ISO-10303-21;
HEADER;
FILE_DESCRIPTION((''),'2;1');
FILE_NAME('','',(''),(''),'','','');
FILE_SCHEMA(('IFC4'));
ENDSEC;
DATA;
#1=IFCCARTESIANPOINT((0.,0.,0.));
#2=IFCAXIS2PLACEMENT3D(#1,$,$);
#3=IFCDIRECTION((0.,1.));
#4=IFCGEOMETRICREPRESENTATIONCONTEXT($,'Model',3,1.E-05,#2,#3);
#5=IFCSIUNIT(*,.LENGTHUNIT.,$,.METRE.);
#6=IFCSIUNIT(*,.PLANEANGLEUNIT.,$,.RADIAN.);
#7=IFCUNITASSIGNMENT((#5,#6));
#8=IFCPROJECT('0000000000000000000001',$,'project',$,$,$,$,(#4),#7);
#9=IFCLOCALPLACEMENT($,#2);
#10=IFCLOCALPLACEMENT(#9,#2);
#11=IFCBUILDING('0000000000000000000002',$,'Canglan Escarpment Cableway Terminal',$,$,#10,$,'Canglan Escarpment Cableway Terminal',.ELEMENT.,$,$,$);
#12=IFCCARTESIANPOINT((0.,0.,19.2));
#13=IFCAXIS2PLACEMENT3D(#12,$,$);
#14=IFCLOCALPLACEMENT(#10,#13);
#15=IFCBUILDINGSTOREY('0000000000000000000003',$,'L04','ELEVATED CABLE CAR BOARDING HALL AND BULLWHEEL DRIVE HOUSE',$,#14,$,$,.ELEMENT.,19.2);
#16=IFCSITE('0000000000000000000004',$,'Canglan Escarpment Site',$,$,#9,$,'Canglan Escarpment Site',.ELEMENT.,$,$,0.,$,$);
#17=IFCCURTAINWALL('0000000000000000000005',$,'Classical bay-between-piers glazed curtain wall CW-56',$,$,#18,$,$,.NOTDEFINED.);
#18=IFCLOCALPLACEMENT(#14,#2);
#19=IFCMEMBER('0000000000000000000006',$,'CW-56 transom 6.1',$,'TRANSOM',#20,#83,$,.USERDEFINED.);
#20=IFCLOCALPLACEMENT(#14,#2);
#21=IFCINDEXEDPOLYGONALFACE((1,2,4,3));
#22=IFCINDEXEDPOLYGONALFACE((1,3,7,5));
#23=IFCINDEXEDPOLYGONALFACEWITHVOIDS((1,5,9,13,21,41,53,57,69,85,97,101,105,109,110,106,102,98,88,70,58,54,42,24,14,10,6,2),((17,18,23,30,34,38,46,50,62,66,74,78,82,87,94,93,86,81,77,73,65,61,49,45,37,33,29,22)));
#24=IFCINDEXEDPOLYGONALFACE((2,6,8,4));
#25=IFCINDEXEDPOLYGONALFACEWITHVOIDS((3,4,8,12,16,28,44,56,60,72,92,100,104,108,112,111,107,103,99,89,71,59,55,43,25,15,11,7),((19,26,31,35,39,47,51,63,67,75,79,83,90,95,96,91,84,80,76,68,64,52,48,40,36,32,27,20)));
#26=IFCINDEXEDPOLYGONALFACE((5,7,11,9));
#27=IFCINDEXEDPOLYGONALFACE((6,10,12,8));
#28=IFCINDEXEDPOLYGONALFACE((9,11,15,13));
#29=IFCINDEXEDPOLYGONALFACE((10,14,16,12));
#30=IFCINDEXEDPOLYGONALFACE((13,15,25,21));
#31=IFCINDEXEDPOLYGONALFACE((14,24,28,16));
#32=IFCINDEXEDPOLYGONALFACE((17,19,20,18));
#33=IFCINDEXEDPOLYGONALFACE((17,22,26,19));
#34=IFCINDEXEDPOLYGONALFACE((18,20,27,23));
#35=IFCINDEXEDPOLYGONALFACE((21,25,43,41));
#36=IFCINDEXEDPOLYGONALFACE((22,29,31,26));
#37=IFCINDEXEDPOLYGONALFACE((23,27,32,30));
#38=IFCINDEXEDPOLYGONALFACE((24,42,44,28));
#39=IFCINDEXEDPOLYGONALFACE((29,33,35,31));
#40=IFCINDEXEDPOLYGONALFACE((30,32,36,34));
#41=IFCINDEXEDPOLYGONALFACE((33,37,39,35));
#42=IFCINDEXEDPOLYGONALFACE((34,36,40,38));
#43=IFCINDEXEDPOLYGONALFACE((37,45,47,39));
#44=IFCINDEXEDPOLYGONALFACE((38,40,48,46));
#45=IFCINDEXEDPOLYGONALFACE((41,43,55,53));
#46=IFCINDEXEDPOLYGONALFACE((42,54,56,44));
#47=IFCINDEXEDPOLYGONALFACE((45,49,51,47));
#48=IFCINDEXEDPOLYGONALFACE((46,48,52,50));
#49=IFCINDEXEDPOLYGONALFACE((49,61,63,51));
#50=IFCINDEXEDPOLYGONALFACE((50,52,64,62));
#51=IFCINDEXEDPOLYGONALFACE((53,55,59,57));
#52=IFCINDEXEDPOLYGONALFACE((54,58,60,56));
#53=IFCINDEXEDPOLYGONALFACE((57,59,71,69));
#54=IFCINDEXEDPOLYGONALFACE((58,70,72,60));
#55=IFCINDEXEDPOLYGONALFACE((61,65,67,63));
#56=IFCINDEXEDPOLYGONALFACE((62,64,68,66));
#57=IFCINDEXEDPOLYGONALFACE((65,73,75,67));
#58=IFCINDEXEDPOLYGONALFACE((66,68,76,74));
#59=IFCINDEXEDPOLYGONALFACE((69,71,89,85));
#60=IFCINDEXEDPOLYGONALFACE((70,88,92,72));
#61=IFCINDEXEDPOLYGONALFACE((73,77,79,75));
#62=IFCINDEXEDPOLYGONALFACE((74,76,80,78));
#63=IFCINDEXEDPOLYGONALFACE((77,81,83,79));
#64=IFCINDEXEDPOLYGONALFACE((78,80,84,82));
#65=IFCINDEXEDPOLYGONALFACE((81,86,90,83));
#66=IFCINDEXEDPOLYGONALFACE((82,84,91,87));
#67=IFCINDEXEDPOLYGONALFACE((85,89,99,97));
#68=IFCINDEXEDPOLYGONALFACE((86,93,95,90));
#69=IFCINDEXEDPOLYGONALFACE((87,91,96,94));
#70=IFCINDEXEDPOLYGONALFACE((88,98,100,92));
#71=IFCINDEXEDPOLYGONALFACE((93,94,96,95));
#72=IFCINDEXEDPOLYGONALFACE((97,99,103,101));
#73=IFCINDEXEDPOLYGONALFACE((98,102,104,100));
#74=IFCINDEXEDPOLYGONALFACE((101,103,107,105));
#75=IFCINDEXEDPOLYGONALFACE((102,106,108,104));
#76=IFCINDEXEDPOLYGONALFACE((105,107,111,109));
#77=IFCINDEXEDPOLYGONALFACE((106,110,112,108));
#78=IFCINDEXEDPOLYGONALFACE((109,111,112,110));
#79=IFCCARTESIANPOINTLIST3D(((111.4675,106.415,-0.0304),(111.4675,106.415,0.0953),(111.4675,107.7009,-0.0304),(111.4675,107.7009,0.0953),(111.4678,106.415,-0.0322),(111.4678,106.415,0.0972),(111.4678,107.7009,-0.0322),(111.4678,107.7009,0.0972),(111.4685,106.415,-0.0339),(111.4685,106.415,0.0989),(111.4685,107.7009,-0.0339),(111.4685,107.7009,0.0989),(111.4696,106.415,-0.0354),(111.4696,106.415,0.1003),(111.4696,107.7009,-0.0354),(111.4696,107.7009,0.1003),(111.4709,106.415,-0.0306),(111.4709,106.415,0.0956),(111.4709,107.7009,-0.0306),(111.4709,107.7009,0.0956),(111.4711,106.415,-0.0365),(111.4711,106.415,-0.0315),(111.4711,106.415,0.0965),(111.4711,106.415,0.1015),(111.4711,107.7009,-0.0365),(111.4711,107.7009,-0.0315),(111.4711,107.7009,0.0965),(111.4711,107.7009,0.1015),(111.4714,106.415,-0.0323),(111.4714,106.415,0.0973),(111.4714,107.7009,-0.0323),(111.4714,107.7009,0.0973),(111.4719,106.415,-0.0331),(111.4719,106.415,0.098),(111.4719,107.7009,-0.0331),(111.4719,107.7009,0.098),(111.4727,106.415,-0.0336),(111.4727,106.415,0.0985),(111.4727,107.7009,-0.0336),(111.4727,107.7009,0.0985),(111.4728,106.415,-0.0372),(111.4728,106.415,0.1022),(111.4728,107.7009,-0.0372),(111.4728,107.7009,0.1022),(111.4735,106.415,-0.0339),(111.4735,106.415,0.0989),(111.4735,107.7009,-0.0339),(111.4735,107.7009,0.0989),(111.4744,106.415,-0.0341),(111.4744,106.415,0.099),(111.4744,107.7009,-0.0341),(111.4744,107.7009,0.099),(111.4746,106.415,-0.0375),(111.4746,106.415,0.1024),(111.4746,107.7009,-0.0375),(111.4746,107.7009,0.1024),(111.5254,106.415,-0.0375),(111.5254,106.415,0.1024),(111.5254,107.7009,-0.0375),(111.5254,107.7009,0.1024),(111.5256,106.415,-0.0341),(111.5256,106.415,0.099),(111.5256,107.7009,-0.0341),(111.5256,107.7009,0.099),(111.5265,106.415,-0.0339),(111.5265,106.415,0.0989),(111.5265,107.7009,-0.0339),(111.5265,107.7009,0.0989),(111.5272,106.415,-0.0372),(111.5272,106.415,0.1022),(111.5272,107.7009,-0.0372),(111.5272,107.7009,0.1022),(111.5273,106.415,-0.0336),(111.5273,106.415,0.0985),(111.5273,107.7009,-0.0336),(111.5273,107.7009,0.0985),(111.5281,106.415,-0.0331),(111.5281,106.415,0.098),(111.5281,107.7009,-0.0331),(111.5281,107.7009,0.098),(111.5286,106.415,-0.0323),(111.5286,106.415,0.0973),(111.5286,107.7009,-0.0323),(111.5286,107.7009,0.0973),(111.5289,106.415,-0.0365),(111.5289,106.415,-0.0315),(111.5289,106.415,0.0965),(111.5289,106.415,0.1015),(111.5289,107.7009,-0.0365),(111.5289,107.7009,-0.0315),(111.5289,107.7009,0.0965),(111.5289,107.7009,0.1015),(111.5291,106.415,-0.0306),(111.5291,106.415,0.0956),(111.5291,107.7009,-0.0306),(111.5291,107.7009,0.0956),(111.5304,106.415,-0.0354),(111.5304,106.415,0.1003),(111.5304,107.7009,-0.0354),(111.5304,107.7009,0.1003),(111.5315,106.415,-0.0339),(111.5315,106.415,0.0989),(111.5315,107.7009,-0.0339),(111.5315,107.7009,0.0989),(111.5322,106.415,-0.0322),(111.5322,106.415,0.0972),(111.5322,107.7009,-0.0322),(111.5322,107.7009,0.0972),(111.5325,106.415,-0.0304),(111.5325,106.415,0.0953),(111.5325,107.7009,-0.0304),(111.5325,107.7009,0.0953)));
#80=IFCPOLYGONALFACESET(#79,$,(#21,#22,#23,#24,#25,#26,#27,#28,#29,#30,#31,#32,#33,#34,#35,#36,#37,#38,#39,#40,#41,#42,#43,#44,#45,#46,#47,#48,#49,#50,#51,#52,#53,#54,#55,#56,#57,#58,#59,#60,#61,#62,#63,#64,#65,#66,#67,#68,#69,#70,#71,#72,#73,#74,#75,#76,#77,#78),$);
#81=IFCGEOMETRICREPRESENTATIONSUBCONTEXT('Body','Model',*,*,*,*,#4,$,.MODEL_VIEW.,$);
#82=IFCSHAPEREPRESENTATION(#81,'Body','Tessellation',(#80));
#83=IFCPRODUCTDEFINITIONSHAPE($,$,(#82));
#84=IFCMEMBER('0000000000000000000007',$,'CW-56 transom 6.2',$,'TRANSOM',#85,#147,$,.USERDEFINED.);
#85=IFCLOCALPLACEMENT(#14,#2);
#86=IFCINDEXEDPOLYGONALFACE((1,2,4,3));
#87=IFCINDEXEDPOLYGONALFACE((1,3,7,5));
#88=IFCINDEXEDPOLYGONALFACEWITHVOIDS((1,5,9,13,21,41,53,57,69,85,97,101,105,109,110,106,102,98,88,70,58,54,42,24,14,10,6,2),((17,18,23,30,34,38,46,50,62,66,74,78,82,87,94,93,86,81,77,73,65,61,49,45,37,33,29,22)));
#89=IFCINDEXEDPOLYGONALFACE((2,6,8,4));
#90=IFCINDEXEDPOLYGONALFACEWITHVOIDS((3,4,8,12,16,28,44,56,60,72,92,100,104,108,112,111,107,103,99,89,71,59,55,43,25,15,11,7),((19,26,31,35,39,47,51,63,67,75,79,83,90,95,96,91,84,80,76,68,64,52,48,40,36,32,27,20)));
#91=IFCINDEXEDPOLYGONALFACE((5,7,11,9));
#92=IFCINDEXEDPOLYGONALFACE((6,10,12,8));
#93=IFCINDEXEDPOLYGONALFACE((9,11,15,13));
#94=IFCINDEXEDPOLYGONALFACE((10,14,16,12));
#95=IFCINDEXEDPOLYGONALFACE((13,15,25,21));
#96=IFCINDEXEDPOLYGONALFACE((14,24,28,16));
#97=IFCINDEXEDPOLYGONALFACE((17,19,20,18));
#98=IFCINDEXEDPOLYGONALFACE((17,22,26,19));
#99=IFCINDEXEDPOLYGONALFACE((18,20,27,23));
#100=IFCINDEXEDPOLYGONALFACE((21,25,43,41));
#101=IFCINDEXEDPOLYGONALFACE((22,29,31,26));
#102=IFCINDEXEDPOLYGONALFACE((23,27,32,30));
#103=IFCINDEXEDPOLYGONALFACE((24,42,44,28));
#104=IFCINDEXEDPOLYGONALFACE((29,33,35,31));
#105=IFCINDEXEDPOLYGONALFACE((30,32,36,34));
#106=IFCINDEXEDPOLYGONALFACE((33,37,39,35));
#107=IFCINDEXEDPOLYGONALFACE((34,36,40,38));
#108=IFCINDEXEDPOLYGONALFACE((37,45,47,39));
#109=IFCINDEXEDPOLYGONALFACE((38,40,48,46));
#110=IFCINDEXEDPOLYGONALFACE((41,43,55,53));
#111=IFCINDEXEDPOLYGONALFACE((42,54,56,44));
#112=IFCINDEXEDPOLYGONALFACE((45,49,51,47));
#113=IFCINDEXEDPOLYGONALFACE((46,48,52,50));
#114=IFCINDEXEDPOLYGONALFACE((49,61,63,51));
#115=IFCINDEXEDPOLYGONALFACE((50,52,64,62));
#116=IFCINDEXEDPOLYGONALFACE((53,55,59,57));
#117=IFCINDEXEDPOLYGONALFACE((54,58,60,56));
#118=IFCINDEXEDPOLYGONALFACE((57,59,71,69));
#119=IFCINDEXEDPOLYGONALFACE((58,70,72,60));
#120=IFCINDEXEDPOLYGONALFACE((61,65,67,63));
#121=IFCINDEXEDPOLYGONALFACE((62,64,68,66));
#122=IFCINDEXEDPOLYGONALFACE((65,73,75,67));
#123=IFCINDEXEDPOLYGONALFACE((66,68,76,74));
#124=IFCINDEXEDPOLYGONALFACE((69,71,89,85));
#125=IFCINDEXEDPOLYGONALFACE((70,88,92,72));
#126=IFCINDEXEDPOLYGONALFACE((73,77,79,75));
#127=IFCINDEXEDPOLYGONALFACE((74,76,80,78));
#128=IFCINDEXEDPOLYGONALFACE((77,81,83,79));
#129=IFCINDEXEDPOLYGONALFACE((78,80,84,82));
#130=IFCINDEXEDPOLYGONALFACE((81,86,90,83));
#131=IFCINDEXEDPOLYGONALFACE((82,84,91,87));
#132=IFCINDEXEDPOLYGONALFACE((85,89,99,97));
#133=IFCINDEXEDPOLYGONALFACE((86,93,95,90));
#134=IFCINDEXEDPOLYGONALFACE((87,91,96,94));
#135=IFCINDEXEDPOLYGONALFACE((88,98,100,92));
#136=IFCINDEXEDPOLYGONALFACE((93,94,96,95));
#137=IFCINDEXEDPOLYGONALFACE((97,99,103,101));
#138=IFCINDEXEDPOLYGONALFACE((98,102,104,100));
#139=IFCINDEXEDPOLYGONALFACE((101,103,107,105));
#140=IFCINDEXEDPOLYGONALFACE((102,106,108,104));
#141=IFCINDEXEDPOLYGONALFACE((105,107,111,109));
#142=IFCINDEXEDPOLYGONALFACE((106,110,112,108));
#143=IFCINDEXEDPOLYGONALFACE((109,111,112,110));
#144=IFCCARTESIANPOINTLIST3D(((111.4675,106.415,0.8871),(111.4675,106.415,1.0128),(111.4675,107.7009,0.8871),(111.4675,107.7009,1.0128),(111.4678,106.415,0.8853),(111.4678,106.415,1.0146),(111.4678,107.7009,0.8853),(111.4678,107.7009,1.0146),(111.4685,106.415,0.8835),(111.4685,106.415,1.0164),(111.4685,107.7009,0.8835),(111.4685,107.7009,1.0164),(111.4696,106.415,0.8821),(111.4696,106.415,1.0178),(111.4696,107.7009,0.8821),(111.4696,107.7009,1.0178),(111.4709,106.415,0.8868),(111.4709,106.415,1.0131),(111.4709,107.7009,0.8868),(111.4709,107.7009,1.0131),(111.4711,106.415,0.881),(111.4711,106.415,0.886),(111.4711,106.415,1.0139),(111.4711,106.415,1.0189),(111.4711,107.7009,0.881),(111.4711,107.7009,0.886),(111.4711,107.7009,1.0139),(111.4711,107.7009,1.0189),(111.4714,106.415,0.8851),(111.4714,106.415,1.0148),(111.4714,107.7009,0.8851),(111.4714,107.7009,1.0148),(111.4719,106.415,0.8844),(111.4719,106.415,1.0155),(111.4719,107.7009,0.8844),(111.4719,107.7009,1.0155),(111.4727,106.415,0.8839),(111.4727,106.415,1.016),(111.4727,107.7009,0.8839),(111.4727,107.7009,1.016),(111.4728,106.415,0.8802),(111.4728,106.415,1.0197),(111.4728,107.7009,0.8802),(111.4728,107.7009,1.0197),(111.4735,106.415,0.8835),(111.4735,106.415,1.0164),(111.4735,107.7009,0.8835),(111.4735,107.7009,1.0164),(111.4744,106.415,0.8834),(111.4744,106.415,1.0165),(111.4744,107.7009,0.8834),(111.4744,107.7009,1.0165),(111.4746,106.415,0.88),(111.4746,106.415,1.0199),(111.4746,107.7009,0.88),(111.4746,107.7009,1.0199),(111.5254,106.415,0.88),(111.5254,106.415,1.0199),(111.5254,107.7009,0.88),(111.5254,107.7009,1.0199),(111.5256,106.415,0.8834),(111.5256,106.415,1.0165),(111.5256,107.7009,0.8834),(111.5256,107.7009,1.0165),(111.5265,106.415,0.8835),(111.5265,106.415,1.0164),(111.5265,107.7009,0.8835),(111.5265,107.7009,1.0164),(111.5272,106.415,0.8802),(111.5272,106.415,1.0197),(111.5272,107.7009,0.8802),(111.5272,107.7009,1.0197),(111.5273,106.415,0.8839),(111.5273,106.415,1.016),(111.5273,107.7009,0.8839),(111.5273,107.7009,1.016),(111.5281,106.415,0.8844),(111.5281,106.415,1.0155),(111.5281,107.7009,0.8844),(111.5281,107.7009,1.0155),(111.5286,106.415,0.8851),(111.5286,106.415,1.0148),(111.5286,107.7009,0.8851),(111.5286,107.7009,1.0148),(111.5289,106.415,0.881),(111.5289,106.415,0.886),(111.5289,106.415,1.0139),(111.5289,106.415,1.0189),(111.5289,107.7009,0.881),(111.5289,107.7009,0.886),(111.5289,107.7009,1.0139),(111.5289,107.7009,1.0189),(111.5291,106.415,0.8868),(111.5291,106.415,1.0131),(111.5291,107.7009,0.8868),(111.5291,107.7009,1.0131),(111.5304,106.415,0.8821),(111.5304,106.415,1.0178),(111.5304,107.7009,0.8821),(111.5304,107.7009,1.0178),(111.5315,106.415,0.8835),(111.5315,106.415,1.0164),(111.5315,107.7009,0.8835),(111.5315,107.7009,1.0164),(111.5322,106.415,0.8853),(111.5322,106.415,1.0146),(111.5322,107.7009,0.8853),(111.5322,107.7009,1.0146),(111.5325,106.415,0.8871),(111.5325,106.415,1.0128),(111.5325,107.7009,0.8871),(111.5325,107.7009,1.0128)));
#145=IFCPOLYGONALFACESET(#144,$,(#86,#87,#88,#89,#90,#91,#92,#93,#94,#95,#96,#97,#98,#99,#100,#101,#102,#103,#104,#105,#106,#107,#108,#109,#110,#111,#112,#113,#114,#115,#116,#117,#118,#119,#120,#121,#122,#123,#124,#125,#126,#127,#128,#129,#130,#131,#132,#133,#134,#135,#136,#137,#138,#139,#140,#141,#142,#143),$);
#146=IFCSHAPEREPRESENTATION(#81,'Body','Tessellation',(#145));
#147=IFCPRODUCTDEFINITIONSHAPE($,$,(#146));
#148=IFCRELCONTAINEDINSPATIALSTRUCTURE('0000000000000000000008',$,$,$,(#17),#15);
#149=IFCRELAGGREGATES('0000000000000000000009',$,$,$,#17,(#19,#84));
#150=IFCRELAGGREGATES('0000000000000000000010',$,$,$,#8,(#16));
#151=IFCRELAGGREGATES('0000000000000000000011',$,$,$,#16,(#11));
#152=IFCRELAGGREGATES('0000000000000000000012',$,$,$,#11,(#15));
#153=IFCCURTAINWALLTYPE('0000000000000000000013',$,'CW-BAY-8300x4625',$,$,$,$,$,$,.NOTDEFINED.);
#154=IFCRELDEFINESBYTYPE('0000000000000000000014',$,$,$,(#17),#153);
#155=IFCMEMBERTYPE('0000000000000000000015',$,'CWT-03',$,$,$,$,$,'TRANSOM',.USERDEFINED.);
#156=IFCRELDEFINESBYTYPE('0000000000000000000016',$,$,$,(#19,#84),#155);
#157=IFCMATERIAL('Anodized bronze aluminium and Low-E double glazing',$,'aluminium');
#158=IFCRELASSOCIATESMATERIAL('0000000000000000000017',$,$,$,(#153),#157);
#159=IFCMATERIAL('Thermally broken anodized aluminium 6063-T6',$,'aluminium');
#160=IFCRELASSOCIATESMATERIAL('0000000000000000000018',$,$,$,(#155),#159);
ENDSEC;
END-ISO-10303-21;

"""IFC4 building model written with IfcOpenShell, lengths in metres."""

from ifc_helpers import new_model, si_unit, direction, frame, origin, origin_2d, place, context, subcontext, project, spatial, hollow_rectangle, extrude, material, material_profile, profile_set, type_object, element, aggregate, save


model = new_model("IFC4")

# Units and contexts
model_context = context("Model", 3, precision=1e-05, world=origin(), true_north=direction((0.0, 1.0)))
body_context = subcontext(model_context, "Body", "Model", "MODEL_VIEW")
ifc_project = project(units=[si_unit("LENGTHUNIT", "METRE"), si_unit("PLANEANGLEUNIT", "RADIAN")], contexts=[model_context])

# Site, building, storey
site_placement = place(None, origin())
site = spatial("IfcSite", under=ifc_project, at=site_placement, Name="Canglan Escarpment Site", LongName="Canglan Escarpment Site", CompositionType="ELEMENT", RefElevation=0.0)
building_placement = place(site_placement, origin())
building = spatial("IfcBuilding", under=site, at=building_placement, Name="Canglan Escarpment Cableway Terminal", LongName="Canglan Escarpment Cableway Terminal", CompositionType="ELEMENT")
storey_placement = place(building_placement, frame((0.0, 0.0, 19.2)))
storey = spatial("IfcBuildingStorey", under=building, at=storey_placement, Name="L04", Description="ELEVATED CABLE CAR BOARDING HALL AND BULLWHEEL DRIVE HOUSE", CompositionType="ELEMENT", Elevation=19.2)

# Curtain wall
ifc_material_1 = material(Name="Anodized bronze aluminium and Low-E double glazing", Category="aluminium")
curtain_wall_type = type_object("IfcCurtainWallType", Name="CW-BAY-8300x4625", PredefinedType="NOTDEFINED", material=ifc_material_1)
curtain_wall_1_placement = place(storey_placement, origin())
curtain_wall_1 = element("IfcCurtainWall", 1, at=curtain_wall_1_placement, inside=storey, type_object=curtain_wall_type, Name="Classical bay-between-piers glazed curtain wall CW-56", PredefinedType="NOTDEFINED")
ifc_material_2 = material(Name="Thermally broken anodized aluminium 6063-T6", Category="aluminium")

# Members
ifc_material_profile_1 = material_profile(ifc_material_2, hollow_rectangle(XDim=0.0649, YDim=0.1399, WallThickness=0.0034, InnerFilletRadius=0.0034, OuterFilletRadius=0.0071, at=origin_2d()), Name="ALU-TRAN 65x140x3.5")
ifc_profile_set_1 = profile_set([ifc_material_profile_1], Name="Thermally broken anodized aluminium 6063-T6")
member_type_1 = type_object("IfcMemberType", Name="CWT-03", ElementType="TRANSOM", PredefinedType="USERDEFINED", material=ifc_profile_set_1)
member_1_placement = place(storey_placement, frame((111.5, 107.7009, 0.0325), z_axis=(0.0, -1.0, 0.0), x_axis=(1.0, 0.0, 0.0)))
member_1 = element("IfcMember", 2, at=member_1_placement, type_object=member_type_1, Name="CW-56 transom 6.1", ObjectType="TRANSOM", PredefinedType="USERDEFINED", context=body_context, shape_type="SweptSolid", body=[
    extrude(hollow_rectangle(XDim=0.0649, YDim=0.1399, WallThickness=0.0034, InnerFilletRadius=0.0034, OuterFilletRadius=0.0071, at=origin_2d()), origin(), (0.0, 0.0, 1.0), 1.2859),
])
member_2_placement = place(storey_placement, frame((111.5, 107.7009, 0.95), z_axis=(0.0, -1.0, 0.0), x_axis=(1.0, 0.0, 0.0)))
member_2 = element("IfcMember", 3, at=member_2_placement, type_object=member_type_1, Name="CW-56 transom 6.2", ObjectType="TRANSOM", PredefinedType="USERDEFINED", context=body_context, shape_type="SweptSolid", body=[
    extrude(hollow_rectangle(XDim=0.0649, YDim=0.1399, WallThickness=0.0034, InnerFilletRadius=0.0034, OuterFilletRadius=0.0071, at=origin_2d()), origin(), (0.0, 0.0, 1.0), 1.2859),
])

aggregate(curtain_wall_1, [member_1, member_2])

save(model, "model.ifc")
